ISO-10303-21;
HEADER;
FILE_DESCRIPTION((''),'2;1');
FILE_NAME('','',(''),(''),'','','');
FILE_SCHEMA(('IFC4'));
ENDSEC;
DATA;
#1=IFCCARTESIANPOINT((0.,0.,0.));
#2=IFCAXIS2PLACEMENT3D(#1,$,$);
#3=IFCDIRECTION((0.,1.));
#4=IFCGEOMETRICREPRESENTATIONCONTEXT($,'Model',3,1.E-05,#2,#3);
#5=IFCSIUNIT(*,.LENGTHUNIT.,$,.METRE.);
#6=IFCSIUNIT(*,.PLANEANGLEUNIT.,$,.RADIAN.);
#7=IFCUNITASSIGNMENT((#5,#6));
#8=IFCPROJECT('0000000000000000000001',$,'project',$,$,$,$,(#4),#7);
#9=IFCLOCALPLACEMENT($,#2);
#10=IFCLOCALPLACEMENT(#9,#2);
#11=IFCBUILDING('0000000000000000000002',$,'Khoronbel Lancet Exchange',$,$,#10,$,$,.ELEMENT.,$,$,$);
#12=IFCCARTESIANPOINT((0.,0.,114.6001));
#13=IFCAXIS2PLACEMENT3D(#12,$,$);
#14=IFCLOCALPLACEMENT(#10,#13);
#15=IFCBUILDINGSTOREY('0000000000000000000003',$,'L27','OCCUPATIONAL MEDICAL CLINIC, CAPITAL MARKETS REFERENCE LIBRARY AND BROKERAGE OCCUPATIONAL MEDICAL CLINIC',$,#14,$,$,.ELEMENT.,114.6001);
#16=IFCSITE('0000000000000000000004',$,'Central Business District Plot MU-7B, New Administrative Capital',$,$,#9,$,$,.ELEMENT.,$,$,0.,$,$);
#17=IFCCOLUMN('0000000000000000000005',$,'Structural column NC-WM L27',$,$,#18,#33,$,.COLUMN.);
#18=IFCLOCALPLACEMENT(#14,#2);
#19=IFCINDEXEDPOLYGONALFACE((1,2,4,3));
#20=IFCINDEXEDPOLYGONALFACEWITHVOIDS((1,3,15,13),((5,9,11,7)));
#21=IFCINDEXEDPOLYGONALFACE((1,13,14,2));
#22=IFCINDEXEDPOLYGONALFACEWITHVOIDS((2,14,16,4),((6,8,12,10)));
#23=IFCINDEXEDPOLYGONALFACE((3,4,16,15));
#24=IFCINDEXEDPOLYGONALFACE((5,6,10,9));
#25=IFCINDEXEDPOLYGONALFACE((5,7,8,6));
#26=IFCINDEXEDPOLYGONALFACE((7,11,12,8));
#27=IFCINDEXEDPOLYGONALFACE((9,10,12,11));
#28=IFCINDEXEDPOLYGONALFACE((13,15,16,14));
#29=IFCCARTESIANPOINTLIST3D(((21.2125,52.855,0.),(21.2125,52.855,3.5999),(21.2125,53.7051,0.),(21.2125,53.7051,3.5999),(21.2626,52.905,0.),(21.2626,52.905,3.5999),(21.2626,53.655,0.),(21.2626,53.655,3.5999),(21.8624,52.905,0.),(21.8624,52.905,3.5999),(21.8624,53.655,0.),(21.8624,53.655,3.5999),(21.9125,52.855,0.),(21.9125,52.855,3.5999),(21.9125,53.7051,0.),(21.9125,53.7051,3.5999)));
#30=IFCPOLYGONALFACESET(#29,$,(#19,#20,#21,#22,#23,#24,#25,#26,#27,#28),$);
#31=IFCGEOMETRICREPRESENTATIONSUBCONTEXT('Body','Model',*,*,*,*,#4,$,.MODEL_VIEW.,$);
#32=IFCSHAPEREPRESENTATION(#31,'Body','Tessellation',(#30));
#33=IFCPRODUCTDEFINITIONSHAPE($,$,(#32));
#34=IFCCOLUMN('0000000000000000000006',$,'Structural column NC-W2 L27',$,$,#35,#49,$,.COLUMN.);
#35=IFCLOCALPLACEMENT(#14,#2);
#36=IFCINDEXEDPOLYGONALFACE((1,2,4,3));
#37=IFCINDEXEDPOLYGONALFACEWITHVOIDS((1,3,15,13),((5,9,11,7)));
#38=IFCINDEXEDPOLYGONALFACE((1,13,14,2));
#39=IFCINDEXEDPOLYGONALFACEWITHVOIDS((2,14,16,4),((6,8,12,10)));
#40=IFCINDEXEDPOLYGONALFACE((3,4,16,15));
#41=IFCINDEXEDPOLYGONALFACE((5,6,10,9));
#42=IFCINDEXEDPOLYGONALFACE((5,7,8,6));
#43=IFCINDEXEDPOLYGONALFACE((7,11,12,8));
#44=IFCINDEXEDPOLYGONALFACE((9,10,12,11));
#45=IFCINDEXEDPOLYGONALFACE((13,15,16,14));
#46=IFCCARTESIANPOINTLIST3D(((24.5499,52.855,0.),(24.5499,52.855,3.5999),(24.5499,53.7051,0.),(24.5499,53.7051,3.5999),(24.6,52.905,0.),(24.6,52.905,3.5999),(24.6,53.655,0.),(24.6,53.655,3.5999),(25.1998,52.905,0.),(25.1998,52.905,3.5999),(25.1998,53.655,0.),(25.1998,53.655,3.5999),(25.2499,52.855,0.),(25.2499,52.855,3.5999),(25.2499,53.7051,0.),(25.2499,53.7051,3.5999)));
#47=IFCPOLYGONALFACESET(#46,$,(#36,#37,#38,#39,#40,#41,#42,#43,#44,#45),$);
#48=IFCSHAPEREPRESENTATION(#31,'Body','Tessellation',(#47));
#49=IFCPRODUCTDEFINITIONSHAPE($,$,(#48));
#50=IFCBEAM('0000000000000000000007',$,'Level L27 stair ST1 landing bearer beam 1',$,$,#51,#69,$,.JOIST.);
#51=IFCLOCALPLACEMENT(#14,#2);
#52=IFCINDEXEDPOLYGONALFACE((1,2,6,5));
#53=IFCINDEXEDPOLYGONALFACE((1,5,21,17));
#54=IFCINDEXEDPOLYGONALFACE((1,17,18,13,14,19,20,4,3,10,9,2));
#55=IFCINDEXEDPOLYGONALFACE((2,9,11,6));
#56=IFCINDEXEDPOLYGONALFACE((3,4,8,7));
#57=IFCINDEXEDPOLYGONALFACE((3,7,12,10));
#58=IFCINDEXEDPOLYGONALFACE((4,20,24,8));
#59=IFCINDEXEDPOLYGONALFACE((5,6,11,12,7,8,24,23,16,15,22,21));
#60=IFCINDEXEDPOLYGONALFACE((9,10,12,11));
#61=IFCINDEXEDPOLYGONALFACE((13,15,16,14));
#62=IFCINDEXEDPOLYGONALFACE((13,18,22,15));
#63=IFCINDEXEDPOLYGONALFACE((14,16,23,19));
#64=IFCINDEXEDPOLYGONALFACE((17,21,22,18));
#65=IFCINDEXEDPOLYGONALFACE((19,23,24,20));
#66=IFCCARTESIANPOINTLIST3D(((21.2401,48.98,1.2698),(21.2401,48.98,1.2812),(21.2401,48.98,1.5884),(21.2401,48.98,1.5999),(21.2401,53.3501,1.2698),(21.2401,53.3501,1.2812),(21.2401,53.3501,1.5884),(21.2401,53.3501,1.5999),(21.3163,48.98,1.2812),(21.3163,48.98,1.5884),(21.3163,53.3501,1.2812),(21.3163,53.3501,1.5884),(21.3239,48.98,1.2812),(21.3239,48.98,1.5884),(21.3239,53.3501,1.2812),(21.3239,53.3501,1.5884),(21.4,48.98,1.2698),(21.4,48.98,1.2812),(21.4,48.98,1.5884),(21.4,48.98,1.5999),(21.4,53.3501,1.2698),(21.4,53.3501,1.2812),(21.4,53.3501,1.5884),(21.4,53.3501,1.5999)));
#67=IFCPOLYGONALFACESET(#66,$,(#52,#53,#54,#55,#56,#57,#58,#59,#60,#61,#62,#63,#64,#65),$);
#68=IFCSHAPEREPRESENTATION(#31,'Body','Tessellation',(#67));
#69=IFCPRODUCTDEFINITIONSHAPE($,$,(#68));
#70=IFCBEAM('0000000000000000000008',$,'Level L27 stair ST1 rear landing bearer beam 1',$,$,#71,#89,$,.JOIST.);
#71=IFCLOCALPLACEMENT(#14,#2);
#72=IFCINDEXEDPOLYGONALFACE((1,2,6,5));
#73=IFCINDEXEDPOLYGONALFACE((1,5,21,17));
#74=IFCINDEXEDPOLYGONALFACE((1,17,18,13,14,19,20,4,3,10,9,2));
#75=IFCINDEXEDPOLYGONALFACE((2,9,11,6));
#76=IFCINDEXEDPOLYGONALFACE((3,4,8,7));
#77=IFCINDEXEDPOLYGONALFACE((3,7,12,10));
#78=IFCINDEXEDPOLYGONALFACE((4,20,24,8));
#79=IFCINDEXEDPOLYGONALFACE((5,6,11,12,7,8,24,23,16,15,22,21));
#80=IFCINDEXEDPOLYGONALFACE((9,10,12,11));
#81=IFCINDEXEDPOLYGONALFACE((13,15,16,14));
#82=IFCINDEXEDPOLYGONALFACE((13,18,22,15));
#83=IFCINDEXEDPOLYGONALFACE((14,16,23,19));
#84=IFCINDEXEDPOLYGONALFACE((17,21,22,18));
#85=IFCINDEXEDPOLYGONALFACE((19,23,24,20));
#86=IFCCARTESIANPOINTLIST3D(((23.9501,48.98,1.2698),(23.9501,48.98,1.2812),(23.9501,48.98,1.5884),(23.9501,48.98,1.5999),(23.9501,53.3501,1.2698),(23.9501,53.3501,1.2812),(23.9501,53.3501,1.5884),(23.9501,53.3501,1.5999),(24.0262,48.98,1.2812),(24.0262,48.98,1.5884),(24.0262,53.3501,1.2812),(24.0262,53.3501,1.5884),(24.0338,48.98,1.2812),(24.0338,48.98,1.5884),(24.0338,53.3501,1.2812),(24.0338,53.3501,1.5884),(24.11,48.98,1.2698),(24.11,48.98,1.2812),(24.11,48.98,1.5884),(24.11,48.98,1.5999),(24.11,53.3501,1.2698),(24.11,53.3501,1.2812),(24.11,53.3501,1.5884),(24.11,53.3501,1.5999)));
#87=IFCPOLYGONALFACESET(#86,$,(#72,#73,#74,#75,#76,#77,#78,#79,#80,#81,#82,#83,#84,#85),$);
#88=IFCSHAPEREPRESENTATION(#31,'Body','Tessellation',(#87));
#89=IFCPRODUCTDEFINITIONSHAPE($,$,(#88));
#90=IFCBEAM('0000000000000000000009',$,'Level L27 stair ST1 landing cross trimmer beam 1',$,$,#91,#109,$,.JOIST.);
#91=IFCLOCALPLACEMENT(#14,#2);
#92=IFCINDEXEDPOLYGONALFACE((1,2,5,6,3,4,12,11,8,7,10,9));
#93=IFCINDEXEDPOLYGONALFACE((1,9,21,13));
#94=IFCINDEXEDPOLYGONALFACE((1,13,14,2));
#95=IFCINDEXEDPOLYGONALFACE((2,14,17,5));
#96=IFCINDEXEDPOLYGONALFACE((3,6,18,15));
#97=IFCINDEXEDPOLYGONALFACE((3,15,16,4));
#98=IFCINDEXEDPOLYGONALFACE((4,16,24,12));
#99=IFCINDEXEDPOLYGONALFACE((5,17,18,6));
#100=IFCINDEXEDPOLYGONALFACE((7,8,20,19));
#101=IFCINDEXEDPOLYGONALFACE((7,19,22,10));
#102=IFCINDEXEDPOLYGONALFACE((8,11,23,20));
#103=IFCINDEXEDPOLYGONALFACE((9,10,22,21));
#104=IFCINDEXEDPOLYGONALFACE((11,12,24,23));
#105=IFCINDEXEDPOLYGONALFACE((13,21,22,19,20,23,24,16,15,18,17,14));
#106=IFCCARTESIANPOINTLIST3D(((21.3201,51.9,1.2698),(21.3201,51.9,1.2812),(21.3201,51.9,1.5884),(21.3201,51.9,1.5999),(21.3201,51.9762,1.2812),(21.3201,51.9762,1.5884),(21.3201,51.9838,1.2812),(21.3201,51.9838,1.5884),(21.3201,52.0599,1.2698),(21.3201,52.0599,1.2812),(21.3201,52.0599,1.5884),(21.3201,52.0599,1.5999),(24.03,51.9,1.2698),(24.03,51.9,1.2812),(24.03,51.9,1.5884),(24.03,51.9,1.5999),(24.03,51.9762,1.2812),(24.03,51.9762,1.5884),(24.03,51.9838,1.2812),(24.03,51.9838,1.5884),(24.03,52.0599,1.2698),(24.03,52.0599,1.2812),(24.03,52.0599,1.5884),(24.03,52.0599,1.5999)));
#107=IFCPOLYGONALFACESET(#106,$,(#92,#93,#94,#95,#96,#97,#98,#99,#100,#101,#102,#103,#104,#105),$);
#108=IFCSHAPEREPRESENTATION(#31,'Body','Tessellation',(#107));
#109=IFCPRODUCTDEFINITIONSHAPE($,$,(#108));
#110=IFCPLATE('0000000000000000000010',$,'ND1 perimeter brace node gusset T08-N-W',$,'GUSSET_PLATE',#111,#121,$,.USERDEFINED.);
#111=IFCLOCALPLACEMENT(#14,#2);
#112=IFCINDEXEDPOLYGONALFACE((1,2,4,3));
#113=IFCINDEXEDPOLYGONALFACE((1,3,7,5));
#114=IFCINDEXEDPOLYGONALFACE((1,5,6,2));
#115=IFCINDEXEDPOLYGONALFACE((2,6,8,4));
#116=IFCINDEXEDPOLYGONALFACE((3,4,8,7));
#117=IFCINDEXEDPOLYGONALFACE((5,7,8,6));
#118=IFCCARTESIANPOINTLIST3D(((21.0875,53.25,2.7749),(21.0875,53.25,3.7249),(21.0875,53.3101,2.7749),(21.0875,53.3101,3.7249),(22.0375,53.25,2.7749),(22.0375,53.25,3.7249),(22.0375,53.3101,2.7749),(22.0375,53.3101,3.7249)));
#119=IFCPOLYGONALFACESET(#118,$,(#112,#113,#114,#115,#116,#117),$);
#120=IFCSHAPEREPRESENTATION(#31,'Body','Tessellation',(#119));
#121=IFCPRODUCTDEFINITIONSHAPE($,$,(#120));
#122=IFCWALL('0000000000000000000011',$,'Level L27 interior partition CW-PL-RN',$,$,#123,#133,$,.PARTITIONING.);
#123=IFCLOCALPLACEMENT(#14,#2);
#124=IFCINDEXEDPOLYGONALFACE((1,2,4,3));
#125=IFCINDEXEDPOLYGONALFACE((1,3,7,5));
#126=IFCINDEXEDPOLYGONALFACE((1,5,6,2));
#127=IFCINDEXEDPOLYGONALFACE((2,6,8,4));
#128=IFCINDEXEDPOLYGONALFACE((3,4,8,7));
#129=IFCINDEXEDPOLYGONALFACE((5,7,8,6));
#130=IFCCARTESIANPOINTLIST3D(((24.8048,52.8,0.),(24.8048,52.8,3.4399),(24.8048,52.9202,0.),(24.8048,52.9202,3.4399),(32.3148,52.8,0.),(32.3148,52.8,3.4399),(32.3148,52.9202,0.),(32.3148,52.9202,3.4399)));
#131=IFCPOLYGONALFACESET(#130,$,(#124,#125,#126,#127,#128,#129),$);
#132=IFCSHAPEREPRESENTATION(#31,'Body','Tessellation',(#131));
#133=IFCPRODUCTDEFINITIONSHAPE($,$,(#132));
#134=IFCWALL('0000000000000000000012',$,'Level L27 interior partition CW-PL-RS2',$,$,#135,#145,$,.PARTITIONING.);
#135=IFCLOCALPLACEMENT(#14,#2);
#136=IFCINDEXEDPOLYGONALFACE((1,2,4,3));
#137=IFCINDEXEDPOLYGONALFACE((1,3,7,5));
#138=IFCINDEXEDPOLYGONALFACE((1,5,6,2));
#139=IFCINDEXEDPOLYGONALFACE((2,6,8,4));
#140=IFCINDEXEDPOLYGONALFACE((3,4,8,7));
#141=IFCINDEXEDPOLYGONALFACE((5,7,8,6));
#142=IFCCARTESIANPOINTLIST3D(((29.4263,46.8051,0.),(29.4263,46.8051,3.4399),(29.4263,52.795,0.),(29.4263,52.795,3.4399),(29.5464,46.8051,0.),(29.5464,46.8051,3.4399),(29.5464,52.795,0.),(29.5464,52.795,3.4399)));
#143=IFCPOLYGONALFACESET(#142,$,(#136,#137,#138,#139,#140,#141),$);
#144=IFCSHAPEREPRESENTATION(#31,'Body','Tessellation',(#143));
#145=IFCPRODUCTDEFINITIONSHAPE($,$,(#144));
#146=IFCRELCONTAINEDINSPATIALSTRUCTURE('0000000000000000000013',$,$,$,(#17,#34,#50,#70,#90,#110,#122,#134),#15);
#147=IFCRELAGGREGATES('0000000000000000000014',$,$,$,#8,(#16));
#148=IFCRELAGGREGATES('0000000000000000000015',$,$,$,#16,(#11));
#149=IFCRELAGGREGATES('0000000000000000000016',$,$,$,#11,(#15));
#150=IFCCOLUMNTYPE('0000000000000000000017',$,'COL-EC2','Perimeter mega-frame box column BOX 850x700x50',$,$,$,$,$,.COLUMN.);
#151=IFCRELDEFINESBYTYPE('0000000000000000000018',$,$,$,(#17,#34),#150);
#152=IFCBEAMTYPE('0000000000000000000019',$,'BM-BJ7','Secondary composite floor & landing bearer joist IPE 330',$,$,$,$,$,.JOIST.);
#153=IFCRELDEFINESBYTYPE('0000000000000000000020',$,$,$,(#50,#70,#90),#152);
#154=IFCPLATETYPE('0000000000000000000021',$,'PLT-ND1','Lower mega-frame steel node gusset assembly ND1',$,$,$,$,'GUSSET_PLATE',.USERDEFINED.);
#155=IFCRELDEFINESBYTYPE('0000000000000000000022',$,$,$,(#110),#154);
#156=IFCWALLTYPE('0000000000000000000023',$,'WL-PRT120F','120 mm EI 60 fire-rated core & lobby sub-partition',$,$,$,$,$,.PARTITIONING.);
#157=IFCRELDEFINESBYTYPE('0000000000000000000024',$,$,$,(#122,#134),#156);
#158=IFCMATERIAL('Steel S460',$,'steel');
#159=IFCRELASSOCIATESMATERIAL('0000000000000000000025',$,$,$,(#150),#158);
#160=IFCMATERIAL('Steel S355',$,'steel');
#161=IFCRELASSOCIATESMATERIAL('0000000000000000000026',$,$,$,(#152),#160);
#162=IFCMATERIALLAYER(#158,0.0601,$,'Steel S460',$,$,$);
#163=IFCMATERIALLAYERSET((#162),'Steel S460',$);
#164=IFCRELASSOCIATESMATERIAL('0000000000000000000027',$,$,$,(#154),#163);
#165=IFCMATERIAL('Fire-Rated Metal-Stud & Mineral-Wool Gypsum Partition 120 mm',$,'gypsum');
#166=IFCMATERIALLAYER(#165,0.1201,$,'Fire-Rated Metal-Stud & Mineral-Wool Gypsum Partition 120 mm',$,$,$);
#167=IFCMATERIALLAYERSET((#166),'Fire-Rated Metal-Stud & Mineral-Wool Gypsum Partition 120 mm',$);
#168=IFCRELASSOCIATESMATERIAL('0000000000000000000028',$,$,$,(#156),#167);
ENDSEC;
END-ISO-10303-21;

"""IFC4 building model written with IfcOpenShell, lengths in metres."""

from ifc_helpers import new_model, si_unit, direction, frame, frame_2d, origin, origin_2d, place, context, subcontext, project, spatial, rectangle, hollow_rectangle, i_section, extrude, material, layer, layer_set, material_profile, profile_set, type_object, element, save


model = new_model("IFC4")

# Units and contexts
model_context = context("Model", 3, precision=1e-05, world=origin(), true_north=direction((0.0, 1.0)))
body_context = subcontext(model_context, "Body", "Model", "MODEL_VIEW")
ifc_project = project(units=[si_unit("LENGTHUNIT", "METRE"), si_unit("PLANEANGLEUNIT", "RADIAN")], contexts=[model_context])

# Site, building, storey
site_placement = place(None, origin())
site = spatial("IfcSite", under=ifc_project, at=site_placement, Name="Central Business District Plot MU-7B, New Administrative Capital", CompositionType="ELEMENT", RefElevation=0.0)
building_placement = place(site_placement, origin())
building = spatial("IfcBuilding", under=site, at=building_placement, Name="Khoronbel Lancet Exchange", CompositionType="ELEMENT")
storey_placement = place(building_placement, frame((0.0, 0.0, 114.6001)))
storey = spatial("IfcBuildingStorey", under=building, at=storey_placement, Name="L27", Description="OCCUPATIONAL MEDICAL CLINIC, CAPITAL MARKETS REFERENCE LIBRARY AND BROKERAGE OCCUPATIONAL MEDICAL CLINIC", CompositionType="ELEMENT", Elevation=114.6001)

# Columns
ifc_material_1 = material(Name="Steel S460", Category="steel")
ifc_material_profile_1 = material_profile(ifc_material_1, hollow_rectangle(XDim=0.7, YDim=0.8501, WallThickness=0.05, at=origin_2d()), Name="BOX 850x700x50")
ifc_profile_set_1 = profile_set([ifc_material_profile_1], Name="Steel S460")
column_type = type_object("IfcColumnType", Name="COL-EC2", Description="Perimeter mega-frame box column BOX 850x700x50", PredefinedType="COLUMN", material=ifc_profile_set_1)
for number, where, z_axis, x_axis, name in (
    (1, (21.5625, 53.28, 0.0), (0.0, 0.0, 1.0), (1.0, 0.0, 0.0), "Structural column NC-WM L27"),
    (2, (24.8999, 53.28, 0.0), (0.0, 0.0, 1.0), (1.0, 0.0, 0.0), "Structural column NC-W2 L27"),
):
    element("IfcColumn", number, at=place(storey_placement, frame(where, z_axis=z_axis, x_axis=x_axis)), inside=storey, type_object=column_type, Name=name, PredefinedType="COLUMN", context=body_context, shape_type="SweptSolid", body=[
        extrude(hollow_rectangle(XDim=0.7, YDim=0.8501, WallThickness=0.05, at=origin_2d()), origin(), (0.0, 0.0, 1.0), 3.5999),
    ])

# Beams
ifc_material_2 = material(Name="Steel S355", Category="steel")
ifc_material_profile_2 = material_profile(ifc_material_2, i_section(OverallWidth=0.1599, OverallDepth=0.3301, WebThickness=0.0076, FlangeThickness=0.0115, at=origin_2d()), Name="IPE 330")
ifc_profile_set_2 = profile_set([ifc_material_profile_2], Name="Steel S355")
beam_type = type_object("IfcBeamType", Name="BM-BJ7", Description="Secondary composite floor & landing bearer joist IPE 330", PredefinedType="JOIST", material=ifc_profile_set_2)
for number, where, z_axis, x_axis, name in (
    (3, (21.3201, 48.98, 1.4348), (0.0, 1.0, 0.0), (-1.0, 0.0, 0.0), "Level L27 stair ST1 landing bearer beam 1"),
    (4, (24.03, 48.98, 1.4348), (0.0, 1.0, 0.0), (-1.0, 0.0, 0.0), "Level L27 stair ST1 rear landing bearer beam 1"),
):
    element("IfcBeam", number, at=place(storey_placement, frame(where, z_axis=z_axis, x_axis=x_axis)), inside=storey, type_object=beam_type, Name=name, PredefinedType="JOIST", context=body_context, shape_type="SweptSolid", body=[
        extrude(i_section(OverallWidth=0.1599, OverallDepth=0.3301, WebThickness=0.0076, FlangeThickness=0.0115, at=origin_2d()), origin(), (0.0, 0.0, 1.0), 4.3701),
    ])
beam_placement = place(storey_placement, frame((21.3201, 51.98, 1.4348), z_axis=(1.0, 0.0, 0.0), x_axis=(0.0, 1.0, 0.0)))
element("IfcBeam", 5, at=beam_placement, inside=storey, type_object=beam_type, Name="Level L27 stair ST1 landing cross trimmer beam 1", PredefinedType="JOIST", context=body_context, shape_type="SweptSolid", body=[
    extrude(i_section(OverallWidth=0.1599, OverallDepth=0.3301, WebThickness=0.0076, FlangeThickness=0.0115, at=origin_2d()), origin(), (0.0, 0.0, 1.0), 2.71),
])

# Plate
ifc_layer_1 = layer(ifc_material_1, 0.0601, Name="Steel S460")
ifc_layer_set_1 = layer_set([ifc_layer_1], Name="Steel S460")
plate_type = type_object("IfcPlateType", Name="PLT-ND1", Description="Lower mega-frame steel node gusset assembly ND1", ElementType="GUSSET_PLATE", PredefinedType="USERDEFINED", material=ifc_layer_set_1)
plate_placement = place(storey_placement, frame((21.5625, 53.28, 2.7749), z_axis=(0.0, 0.0, 1.0), x_axis=(1.0, 0.0, 0.0)))
element("IfcPlate", 6, at=plate_placement, inside=storey, type_object=plate_type, Name="ND1 perimeter brace node gusset T08-N-W", ObjectType="GUSSET_PLATE", PredefinedType="USERDEFINED", context=body_context, shape_type="SweptSolid", body=[
    extrude(rectangle(XDim=0.95, YDim=0.0601, at=origin_2d()), origin(), (0.0, 0.0, 1.0), 0.95),
])

# Walls
ifc_material_3 = material(Name="Fire-Rated Metal-Stud & Mineral-Wool Gypsum Partition 120 mm", Category="gypsum")
ifc_layer_2 = layer(ifc_material_3, 0.1201, Name="Fire-Rated Metal-Stud & Mineral-Wool Gypsum Partition 120 mm")
ifc_layer_set_2 = layer_set([ifc_layer_2], Name="Fire-Rated Metal-Stud & Mineral-Wool Gypsum Partition 120 mm")
wall_type_1 = type_object("IfcWallType", Name="WL-PRT120F", Description="120 mm EI 60 fire-rated core & lobby sub-partition", PredefinedType="PARTITIONING", material=ifc_layer_set_2)
wall_1_placement = place(storey_placement, frame((24.8049, 52.8601, 0.0), z_axis=(0.0, 0.0, 1.0), x_axis=(1.0, 0.0, 0.0)))
element("IfcWall", 7, at=wall_1_placement, inside=storey, type_object=wall_type_1, Name="Level L27 interior partition CW-PL-RN", PredefinedType="PARTITIONING", context=body_context, shape_type="SweptSolid", body=[
    extrude(rectangle(XDim=7.51, YDim=0.1201, at=frame_2d((3.7549, 0.0))), origin(), (0.0, 0.0, 1.0), 3.4399),
])
wall_2_placement = place(storey_placement, frame((29.4863, 46.8049, 0.0), z_axis=(0.0, 0.0, 1.0), x_axis=(0.0, 1.0, 0.0)))
element("IfcWall", 8, at=wall_2_placement, inside=storey, type_object=wall_type_1, Name="Level L27 interior partition CW-PL-RS2", PredefinedType="PARTITIONING", context=body_context, shape_type="SweptSolid", body=[
    extrude(rectangle(XDim=5.99, YDim=0.1201, at=frame_2d((2.9951, 0.0))), origin(), (0.0, 0.0, 1.0), 3.4399),
])

save(model, "model.ifc")
